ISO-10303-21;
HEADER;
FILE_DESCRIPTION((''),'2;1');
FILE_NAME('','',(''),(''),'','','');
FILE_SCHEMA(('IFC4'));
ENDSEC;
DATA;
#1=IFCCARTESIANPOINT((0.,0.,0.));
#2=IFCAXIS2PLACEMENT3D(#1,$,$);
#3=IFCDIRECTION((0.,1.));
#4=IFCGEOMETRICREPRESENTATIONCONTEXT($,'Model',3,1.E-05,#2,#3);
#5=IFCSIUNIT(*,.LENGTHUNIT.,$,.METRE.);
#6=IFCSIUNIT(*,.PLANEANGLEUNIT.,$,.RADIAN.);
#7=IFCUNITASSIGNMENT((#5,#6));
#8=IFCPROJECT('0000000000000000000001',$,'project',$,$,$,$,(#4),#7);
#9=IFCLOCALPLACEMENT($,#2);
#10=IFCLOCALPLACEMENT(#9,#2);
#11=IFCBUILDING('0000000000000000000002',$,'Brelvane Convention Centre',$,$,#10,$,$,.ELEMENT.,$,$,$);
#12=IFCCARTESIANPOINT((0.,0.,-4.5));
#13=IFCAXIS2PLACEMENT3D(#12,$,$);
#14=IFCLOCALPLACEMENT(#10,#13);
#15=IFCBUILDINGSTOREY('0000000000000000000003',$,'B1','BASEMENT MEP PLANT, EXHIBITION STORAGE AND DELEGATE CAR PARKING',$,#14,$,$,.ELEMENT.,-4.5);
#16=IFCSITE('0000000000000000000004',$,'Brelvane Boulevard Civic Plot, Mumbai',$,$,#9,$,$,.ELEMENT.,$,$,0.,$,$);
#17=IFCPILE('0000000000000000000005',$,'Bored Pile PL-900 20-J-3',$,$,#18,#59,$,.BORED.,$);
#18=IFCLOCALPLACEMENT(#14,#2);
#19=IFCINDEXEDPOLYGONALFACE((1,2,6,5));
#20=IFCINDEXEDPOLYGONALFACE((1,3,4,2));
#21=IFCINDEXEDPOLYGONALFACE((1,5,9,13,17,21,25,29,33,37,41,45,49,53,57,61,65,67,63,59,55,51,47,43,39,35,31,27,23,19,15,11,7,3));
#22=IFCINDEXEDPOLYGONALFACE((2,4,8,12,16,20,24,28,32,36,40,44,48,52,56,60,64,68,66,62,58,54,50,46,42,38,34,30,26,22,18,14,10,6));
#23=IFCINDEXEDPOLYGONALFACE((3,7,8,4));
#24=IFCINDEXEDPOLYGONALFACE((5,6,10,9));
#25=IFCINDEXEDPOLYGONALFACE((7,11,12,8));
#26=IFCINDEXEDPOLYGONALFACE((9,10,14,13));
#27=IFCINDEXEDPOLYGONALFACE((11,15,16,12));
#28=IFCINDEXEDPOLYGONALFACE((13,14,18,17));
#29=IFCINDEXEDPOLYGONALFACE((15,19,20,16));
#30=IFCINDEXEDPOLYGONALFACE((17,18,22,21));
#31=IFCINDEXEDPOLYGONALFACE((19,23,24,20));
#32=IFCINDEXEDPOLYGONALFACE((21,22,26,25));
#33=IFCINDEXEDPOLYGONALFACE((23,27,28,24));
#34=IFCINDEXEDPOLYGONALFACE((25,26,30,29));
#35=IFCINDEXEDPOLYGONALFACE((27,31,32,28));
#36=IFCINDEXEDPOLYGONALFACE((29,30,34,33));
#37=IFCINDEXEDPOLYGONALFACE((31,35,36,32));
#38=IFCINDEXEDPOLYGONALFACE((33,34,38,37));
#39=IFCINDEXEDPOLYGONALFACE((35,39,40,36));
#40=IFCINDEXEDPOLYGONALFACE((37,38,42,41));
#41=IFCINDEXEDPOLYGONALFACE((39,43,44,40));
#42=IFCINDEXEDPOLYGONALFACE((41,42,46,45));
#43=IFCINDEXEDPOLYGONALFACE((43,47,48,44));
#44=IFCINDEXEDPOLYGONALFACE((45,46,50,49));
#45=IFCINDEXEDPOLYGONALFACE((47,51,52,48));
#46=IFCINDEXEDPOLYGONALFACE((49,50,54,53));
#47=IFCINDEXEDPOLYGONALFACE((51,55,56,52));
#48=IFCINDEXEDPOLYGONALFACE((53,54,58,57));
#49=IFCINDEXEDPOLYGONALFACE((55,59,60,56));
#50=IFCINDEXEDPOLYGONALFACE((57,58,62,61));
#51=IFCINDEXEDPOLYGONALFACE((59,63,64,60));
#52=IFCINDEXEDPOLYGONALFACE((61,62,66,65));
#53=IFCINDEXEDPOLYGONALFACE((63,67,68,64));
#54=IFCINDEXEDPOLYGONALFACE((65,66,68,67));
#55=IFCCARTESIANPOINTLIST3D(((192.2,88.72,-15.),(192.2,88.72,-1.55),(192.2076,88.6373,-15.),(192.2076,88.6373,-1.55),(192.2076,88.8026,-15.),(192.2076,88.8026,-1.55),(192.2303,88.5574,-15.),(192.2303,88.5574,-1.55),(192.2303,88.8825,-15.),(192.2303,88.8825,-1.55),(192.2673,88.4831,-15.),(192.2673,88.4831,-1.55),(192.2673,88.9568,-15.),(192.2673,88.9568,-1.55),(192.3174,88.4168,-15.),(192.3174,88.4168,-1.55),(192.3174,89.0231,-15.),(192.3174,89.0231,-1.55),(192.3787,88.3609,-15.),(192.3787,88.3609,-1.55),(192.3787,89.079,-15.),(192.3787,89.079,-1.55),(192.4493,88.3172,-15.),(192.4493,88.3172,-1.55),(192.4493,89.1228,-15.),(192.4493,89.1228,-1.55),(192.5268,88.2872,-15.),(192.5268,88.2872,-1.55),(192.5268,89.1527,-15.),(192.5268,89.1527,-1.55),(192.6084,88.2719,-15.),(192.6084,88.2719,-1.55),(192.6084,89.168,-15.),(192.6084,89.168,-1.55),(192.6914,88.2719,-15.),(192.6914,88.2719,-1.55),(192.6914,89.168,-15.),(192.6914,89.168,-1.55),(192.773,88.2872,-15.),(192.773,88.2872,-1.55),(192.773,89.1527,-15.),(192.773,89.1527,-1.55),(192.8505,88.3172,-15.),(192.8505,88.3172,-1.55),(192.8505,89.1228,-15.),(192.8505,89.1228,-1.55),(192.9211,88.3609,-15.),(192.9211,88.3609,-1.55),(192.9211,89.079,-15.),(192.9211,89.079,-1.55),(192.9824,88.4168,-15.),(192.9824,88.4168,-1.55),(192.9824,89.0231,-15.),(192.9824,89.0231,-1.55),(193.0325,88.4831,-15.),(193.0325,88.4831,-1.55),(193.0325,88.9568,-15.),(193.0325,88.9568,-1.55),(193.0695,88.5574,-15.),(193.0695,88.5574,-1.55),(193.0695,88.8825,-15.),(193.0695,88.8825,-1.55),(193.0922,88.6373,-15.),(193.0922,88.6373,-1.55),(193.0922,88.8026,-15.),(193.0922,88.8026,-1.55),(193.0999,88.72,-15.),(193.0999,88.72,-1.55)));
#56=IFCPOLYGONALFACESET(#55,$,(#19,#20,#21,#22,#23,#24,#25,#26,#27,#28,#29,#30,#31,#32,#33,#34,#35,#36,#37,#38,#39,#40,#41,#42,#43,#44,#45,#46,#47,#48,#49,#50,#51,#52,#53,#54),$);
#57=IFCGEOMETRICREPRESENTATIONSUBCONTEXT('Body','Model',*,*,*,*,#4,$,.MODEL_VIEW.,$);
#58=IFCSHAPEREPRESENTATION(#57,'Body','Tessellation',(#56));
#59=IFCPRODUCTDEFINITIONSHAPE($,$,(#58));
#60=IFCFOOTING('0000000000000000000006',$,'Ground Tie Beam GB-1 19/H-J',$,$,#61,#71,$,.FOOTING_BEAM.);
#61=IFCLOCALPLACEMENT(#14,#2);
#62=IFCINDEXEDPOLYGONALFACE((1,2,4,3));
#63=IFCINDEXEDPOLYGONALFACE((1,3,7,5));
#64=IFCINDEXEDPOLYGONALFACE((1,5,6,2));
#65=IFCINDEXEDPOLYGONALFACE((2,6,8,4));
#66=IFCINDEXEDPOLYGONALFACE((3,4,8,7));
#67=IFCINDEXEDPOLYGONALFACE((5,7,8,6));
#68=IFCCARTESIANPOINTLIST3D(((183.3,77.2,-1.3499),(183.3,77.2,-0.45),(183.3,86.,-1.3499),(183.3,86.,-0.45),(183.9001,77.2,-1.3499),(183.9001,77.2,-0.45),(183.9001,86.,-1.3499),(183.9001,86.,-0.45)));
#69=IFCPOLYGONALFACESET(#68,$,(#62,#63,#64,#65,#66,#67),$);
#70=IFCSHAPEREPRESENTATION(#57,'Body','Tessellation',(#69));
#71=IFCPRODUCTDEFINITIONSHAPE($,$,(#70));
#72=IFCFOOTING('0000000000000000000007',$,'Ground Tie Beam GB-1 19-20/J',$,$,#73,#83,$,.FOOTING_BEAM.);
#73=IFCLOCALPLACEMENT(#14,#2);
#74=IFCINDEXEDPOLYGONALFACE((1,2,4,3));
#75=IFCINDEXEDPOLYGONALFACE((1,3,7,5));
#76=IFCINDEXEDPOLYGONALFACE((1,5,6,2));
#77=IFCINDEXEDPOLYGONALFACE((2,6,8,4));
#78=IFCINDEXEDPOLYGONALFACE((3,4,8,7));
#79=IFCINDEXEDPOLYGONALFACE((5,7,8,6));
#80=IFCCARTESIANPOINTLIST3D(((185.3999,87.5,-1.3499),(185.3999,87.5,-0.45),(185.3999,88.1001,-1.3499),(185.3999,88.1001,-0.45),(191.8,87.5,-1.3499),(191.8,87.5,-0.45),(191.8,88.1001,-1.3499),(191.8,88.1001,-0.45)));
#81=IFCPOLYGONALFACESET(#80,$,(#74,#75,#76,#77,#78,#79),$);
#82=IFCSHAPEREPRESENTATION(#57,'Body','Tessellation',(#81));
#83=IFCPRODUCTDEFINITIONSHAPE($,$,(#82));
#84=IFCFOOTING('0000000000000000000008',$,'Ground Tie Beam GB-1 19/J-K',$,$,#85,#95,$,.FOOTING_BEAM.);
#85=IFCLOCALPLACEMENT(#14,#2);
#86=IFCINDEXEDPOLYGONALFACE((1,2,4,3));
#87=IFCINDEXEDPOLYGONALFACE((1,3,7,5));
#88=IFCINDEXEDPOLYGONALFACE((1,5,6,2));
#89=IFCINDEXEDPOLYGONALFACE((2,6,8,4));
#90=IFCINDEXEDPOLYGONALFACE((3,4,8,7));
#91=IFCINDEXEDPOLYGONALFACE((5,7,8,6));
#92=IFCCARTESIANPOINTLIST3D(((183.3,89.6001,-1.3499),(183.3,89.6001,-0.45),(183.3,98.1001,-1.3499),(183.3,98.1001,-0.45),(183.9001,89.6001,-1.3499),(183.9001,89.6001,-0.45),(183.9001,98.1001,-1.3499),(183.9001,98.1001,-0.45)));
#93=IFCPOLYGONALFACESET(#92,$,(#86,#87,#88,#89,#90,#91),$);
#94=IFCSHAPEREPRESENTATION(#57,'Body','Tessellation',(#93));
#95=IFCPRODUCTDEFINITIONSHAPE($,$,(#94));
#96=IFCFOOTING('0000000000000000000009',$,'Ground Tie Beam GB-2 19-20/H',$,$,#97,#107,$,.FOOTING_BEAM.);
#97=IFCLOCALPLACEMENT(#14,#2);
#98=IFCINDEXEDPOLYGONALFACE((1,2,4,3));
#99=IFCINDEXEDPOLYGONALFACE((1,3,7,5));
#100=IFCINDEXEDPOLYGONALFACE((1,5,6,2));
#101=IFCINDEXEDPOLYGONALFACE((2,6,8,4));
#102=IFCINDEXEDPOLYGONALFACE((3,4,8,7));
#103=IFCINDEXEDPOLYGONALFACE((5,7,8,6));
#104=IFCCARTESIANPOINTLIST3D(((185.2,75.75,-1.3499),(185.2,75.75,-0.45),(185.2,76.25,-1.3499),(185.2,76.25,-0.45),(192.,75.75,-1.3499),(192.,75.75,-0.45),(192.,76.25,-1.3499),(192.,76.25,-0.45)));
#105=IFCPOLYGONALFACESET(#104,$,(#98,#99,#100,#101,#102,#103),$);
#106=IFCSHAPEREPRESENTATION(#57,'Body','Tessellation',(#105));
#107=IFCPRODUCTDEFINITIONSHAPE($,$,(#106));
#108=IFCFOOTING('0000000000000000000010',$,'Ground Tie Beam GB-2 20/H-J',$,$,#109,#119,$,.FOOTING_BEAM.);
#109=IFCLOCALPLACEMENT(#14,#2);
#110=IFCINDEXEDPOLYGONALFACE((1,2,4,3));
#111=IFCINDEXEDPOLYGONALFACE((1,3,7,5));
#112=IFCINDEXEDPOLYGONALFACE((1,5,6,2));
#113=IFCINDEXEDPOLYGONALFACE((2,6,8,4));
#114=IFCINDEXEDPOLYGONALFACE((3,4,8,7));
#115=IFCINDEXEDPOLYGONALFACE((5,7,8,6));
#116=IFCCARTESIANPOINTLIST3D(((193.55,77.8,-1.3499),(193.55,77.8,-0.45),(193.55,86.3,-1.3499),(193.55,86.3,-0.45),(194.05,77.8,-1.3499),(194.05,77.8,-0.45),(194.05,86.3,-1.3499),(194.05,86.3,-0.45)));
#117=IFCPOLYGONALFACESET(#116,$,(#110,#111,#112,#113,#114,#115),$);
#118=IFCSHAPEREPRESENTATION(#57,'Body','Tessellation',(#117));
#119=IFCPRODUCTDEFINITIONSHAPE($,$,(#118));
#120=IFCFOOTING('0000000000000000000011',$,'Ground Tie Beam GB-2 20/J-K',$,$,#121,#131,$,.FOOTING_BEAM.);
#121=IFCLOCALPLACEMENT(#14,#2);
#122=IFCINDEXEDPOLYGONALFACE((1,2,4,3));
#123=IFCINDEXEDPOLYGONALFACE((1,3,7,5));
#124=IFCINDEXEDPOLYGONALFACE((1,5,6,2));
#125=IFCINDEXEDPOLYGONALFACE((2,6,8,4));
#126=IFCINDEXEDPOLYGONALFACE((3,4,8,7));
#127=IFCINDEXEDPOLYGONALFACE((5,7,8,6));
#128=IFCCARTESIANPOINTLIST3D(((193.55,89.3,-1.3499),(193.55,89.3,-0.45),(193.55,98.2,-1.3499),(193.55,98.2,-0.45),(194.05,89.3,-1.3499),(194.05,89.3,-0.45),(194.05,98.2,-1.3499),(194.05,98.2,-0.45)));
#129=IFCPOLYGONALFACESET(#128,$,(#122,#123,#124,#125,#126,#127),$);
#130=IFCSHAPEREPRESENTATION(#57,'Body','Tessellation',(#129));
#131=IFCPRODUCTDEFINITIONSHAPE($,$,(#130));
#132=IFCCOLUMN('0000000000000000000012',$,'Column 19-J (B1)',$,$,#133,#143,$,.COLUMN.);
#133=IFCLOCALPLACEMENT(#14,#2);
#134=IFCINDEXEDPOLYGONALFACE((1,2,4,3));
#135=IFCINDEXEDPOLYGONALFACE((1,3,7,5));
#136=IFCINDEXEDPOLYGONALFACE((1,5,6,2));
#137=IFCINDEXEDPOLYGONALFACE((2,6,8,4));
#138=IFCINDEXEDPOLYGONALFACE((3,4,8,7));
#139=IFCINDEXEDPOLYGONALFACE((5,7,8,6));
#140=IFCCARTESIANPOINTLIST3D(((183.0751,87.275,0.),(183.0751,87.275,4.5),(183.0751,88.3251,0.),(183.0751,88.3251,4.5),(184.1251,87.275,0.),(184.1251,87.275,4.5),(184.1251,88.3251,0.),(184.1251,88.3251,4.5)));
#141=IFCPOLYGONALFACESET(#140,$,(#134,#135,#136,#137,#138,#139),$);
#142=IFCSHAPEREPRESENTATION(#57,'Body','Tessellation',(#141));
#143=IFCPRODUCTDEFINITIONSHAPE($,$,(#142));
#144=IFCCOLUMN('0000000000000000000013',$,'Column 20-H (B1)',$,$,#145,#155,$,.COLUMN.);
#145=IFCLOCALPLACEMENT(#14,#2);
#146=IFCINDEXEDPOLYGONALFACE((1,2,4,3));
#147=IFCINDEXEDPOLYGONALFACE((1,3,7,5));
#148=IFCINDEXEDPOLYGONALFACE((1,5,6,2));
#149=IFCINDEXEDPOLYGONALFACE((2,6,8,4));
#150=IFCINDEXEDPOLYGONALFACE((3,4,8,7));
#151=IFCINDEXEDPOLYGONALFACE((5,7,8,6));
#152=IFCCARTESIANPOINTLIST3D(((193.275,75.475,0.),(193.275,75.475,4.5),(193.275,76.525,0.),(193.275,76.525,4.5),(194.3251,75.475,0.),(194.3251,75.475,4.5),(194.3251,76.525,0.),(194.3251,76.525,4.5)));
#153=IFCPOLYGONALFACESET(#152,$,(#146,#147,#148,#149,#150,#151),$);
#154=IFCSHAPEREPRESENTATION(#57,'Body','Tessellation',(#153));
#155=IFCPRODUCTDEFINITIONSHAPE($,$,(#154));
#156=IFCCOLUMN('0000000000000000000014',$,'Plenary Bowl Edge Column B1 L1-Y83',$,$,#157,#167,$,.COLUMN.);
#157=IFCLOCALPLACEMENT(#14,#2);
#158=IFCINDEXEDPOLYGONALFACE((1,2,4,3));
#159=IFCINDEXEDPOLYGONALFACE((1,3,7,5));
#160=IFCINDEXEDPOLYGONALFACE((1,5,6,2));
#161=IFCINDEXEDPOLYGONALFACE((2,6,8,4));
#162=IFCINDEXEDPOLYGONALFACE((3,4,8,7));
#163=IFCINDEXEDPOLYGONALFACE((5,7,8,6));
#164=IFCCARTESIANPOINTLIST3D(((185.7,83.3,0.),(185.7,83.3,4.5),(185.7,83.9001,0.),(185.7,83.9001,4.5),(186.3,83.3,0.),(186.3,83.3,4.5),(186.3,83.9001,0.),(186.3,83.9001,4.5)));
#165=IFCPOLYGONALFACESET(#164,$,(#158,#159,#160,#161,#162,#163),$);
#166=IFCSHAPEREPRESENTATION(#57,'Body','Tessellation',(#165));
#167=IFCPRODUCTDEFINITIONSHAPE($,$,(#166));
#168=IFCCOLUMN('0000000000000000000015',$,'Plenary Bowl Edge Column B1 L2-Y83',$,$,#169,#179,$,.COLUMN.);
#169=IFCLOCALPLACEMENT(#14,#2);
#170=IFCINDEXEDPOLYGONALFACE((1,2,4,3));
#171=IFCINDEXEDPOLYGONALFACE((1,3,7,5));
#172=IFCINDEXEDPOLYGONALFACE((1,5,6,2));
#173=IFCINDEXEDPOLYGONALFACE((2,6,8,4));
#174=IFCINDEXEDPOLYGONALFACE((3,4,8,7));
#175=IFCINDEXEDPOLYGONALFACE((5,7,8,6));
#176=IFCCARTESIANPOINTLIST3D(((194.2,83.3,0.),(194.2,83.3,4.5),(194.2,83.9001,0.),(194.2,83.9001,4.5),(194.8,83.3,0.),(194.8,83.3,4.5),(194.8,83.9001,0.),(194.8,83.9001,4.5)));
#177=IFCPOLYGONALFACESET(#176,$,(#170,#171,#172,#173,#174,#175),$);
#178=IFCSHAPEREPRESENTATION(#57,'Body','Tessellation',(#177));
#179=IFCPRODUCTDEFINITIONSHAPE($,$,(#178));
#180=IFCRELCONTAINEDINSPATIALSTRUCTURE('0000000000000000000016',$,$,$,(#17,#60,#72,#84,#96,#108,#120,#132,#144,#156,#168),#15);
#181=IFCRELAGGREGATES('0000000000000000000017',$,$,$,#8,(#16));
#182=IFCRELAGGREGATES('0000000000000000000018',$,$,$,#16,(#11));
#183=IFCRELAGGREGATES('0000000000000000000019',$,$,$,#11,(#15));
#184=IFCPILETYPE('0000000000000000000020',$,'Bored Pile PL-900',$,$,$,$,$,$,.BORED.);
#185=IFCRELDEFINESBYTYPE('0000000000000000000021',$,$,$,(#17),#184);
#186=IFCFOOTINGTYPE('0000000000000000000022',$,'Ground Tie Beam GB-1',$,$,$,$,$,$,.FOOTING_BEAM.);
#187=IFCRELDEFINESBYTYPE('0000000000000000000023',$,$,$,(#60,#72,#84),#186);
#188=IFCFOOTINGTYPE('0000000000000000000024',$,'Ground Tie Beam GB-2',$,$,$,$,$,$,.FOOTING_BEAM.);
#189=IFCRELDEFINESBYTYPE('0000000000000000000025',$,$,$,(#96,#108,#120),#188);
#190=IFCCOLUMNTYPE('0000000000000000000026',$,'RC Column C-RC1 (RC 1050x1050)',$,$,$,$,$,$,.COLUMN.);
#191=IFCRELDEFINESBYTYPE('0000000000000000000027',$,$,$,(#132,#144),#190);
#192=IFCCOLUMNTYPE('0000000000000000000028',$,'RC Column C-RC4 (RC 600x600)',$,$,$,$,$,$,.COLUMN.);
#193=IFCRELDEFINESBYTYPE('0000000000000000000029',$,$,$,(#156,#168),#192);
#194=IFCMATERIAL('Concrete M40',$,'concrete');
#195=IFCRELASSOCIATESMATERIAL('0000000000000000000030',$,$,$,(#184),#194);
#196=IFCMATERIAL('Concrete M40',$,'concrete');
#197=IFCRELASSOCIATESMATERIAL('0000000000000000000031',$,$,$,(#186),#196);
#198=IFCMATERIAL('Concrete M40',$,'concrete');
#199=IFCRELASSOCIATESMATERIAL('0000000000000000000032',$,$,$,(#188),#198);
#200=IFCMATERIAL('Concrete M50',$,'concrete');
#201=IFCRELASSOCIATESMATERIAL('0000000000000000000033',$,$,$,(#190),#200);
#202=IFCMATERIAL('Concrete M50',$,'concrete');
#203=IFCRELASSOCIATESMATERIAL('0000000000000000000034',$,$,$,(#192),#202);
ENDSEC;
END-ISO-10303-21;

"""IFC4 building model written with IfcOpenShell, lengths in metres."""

from ifc_helpers import new_model, si_unit, direction, frame, origin, origin_2d, place, context, subcontext, project, spatial, rectangle, circle, extrude, material, material_profile, profile_set, type_object, element, save


model = new_model("IFC4")

# Units and contexts
model_context = context("Model", 3, precision=1e-05, world=origin(), true_north=direction((0.0, 1.0)))
body_context = subcontext(model_context, "Body", "Model", "MODEL_VIEW")
ifc_project = project(units=[si_unit("LENGTHUNIT", "METRE"), si_unit("PLANEANGLEUNIT", "RADIAN")], contexts=[model_context])

# Site, building, storey
site_placement = place(None, origin())
site = spatial("IfcSite", under=ifc_project, at=site_placement, Name="Brelvane Boulevard Civic Plot, Mumbai", CompositionType="ELEMENT", RefElevation=0.0)
building_placement = place(site_placement, origin())
building = spatial("IfcBuilding", under=site, at=building_placement, Name="Brelvane Convention Centre", CompositionType="ELEMENT")
storey_placement = place(building_placement, frame((0.0, 0.0, -4.5)))
storey = spatial("IfcBuildingStorey", under=building, at=storey_placement, Name="B1", Description="BASEMENT MEP PLANT, EXHIBITION STORAGE AND DELEGATE CAR PARKING", CompositionType="ELEMENT", Elevation=-4.5)

# Pile
ifc_material_1 = material(Name="Concrete M40", Category="concrete")
ifc_material_profile_1 = material_profile(ifc_material_1, circle(Radius=0.45, at=origin_2d()), Name="PILE D900")
ifc_profile_set_1 = profile_set([ifc_material_profile_1], Name="Concrete M40")
pile_type = type_object("IfcPileType", Name="Bored Pile PL-900", PredefinedType="BORED", material=ifc_profile_set_1)
for number, where, z_axis, x_axis, name in (
    (1, (192.6499, 88.72, -1.55), (0.0, 0.0, -1.0), (1.0, 0.0, 0.0), "Bored Pile PL-900 20-J-3"),
):
    element("IfcPile", number, at=place(storey_placement, frame(where, z_axis=z_axis, x_axis=x_axis)), inside=storey, type_object=pile_type, Name=name, PredefinedType="BORED", context=body_context, shape_type="SweptSolid", body=[
        extrude(circle(Radius=0.45, at=origin_2d()), origin(), (0.0, 0.0, 1.0), 13.45),
    ])

# Footings
ifc_material_2 = material(Name="Concrete M40", Category="concrete")
ifc_material_profile_2 = material_profile(ifc_material_2, rectangle(XDim=0.6001, YDim=0.8999, at=origin_2d()), Name="RC 600x900")
ifc_profile_set_2 = profile_set([ifc_material_profile_2], Name="Concrete M40")
footing_type_1 = type_object("IfcFootingType", Name="Ground Tie Beam GB-1", PredefinedType="FOOTING_BEAM", material=ifc_profile_set_2)
footing_1_placement = place(storey_placement, frame((183.6001, 77.2, -0.8999), z_axis=(0.0, 1.0, 0.0), x_axis=(-1.0, 0.0, 0.0)))
element("IfcFooting", 2, at=footing_1_placement, inside=storey, type_object=footing_type_1, Name="Ground Tie Beam GB-1 19/H-J", PredefinedType="FOOTING_BEAM", context=body_context, shape_type="SweptSolid", body=[
    extrude(rectangle(XDim=0.6001, YDim=0.8999, at=origin_2d()), origin(), (0.0, 0.0, 1.0), 8.8),
])
footing_2_placement = place(storey_placement, frame((185.3999, 87.8, -0.8999), z_axis=(1.0, 0.0, 0.0), x_axis=(0.0, 1.0, 0.0)))
element("IfcFooting", 3, at=footing_2_placement, inside=storey, type_object=footing_type_1, Name="Ground Tie Beam GB-1 19-20/J", PredefinedType="FOOTING_BEAM", context=body_context, shape_type="SweptSolid", body=[
    extrude(rectangle(XDim=0.6001, YDim=0.8999, at=origin_2d()), origin(), (0.0, 0.0, 1.0), 6.4001),
])
footing_3_placement = place(storey_placement, frame((183.6001, 89.6001, -0.8999), z_axis=(0.0, 1.0, 0.0), x_axis=(-1.0, 0.0, 0.0)))
element("IfcFooting", 4, at=footing_3_placement, inside=storey, type_object=footing_type_1, Name="Ground Tie Beam GB-1 19/J-K", PredefinedType="FOOTING_BEAM", context=body_context, shape_type="SweptSolid", body=[
    extrude(rectangle(XDim=0.6001, YDim=0.8999, at=origin_2d()), origin(), (0.0, 0.0, 1.0), 8.5),
])
ifc_material_3 = material(Name="Concrete M40", Category="concrete")
ifc_material_profile_3 = material_profile(ifc_material_3, rectangle(XDim=0.5, YDim=0.8999, at=origin_2d()), Name="RC 500x900")
ifc_profile_set_3 = profile_set([ifc_material_profile_3], Name="Concrete M40")
footing_type_2 = type_object("IfcFootingType", Name="Ground Tie Beam GB-2", PredefinedType="FOOTING_BEAM", material=ifc_profile_set_3)
footing_4_placement = place(storey_placement, frame((185.2, 76.0, -0.8999), z_axis=(1.0, 0.0, 0.0), x_axis=(0.0, 1.0, 0.0)))
element("IfcFooting", 5, at=footing_4_placement, inside=storey, type_object=footing_type_2, Name="Ground Tie Beam GB-2 19-20/H", PredefinedType="FOOTING_BEAM", context=body_context, shape_type="SweptSolid", body=[
    extrude(rectangle(XDim=0.5, YDim=0.8999, at=origin_2d()), origin(), (0.0, 0.0, 1.0), 6.8),
])
footing_5_placement = place(storey_placement, frame((193.8, 77.8, -0.8999), z_axis=(0.0, 1.0, 0.0), x_axis=(-1.0, 0.0, 0.0)))
element("IfcFooting", 6, at=footing_5_placement, inside=storey, type_object=footing_type_2, Name="Ground Tie Beam GB-2 20/H-J", PredefinedType="FOOTING_BEAM", context=body_context, shape_type="SweptSolid", body=[
    extrude(rectangle(XDim=0.5, YDim=0.8999, at=origin_2d()), origin(), (0.0, 0.0, 1.0), 8.5),
])
footing_6_placement = place(storey_placement, frame((193.8, 89.3, -0.8999), z_axis=(0.0, 1.0, 0.0), x_axis=(-1.0, 0.0, 0.0)))
element("IfcFooting", 7, at=footing_6_placement, inside=storey, type_object=footing_type_2, Name="Ground Tie Beam GB-2 20/J-K", PredefinedType="FOOTING_BEAM", context=body_context, shape_type="SweptSolid", body=[
    extrude(rectangle(XDim=0.5, YDim=0.8999, at=origin_2d()), origin(), (0.0, 0.0, 1.0), 8.8999),
])

# Columns
ifc_material_4 = material(Name="Concrete M50", Category="concrete")
ifc_material_profile_4 = material_profile(ifc_material_4, rectangle(XDim=1.05, YDim=1.05, at=origin_2d()), Name="RC 1050x1050")
ifc_profile_set_4 = profile_set([ifc_material_profile_4], Name="Concrete M50")
column_type_1 = type_object("IfcColumnType", Name="RC Column C-RC1 (RC 1050x1050)", PredefinedType="COLUMN", material=ifc_profile_set_4)
for number, where, z_axis, x_axis, name in (
    (8, (183.6001, 87.8, 0.0), (0.0, 0.0, 1.0), (1.0, 0.0, 0.0), "Column 19-J (B1)"),
    (9, (193.8, 76.0, 0.0), (0.0, 0.0, 1.0), (1.0, 0.0, 0.0), "Column 20-H (B1)"),
):
    element("IfcColumn", number, at=place(storey_placement, frame(where, z_axis=z_axis, x_axis=x_axis)), inside=storey, type_object=column_type_1, Name=name, PredefinedType="COLUMN", context=body_context, shape_type="SweptSolid", body=[
        extrude(rectangle(XDim=1.05, YDim=1.05, at=origin_2d()), origin(), (0.0, 0.0, 1.0), 4.5),
    ])
ifc_material_5 = material(Name="Concrete M50", Category="concrete")
ifc_material_profile_5 = material_profile(ifc_material_5, rectangle(XDim=0.6001, YDim=0.6001, at=origin_2d()), Name="RC 600x600")
ifc_profile_set_5 = profile_set([ifc_material_profile_5], Name="Concrete M50")
column_type_2 = type_object("IfcColumnType", Name="RC Column C-RC4 (RC 600x600)", PredefinedType="COLUMN", material=ifc_profile_set_5)
for number, where, z_axis, x_axis, name in (
    (10, (186.0, 83.6001, 0.0), (0.0, 0.0, 1.0), (1.0, 0.0, 0.0), "Plenary Bowl Edge Column B1 L1-Y83"),
    (11, (194.5, 83.6001, 0.0), (0.0, 0.0, 1.0), (1.0, 0.0, 0.0), "Plenary Bowl Edge Column B1 L2-Y83"),
):
    element("IfcColumn", number, at=place(storey_placement, frame(where, z_axis=z_axis, x_axis=x_axis)), inside=storey, type_object=column_type_2, Name=name, PredefinedType="COLUMN", context=body_context, shape_type="SweptSolid", body=[
        extrude(rectangle(XDim=0.6001, YDim=0.6001, at=origin_2d()), origin(), (0.0, 0.0, 1.0), 4.5),
    ])

save(model, "model.ifc")
